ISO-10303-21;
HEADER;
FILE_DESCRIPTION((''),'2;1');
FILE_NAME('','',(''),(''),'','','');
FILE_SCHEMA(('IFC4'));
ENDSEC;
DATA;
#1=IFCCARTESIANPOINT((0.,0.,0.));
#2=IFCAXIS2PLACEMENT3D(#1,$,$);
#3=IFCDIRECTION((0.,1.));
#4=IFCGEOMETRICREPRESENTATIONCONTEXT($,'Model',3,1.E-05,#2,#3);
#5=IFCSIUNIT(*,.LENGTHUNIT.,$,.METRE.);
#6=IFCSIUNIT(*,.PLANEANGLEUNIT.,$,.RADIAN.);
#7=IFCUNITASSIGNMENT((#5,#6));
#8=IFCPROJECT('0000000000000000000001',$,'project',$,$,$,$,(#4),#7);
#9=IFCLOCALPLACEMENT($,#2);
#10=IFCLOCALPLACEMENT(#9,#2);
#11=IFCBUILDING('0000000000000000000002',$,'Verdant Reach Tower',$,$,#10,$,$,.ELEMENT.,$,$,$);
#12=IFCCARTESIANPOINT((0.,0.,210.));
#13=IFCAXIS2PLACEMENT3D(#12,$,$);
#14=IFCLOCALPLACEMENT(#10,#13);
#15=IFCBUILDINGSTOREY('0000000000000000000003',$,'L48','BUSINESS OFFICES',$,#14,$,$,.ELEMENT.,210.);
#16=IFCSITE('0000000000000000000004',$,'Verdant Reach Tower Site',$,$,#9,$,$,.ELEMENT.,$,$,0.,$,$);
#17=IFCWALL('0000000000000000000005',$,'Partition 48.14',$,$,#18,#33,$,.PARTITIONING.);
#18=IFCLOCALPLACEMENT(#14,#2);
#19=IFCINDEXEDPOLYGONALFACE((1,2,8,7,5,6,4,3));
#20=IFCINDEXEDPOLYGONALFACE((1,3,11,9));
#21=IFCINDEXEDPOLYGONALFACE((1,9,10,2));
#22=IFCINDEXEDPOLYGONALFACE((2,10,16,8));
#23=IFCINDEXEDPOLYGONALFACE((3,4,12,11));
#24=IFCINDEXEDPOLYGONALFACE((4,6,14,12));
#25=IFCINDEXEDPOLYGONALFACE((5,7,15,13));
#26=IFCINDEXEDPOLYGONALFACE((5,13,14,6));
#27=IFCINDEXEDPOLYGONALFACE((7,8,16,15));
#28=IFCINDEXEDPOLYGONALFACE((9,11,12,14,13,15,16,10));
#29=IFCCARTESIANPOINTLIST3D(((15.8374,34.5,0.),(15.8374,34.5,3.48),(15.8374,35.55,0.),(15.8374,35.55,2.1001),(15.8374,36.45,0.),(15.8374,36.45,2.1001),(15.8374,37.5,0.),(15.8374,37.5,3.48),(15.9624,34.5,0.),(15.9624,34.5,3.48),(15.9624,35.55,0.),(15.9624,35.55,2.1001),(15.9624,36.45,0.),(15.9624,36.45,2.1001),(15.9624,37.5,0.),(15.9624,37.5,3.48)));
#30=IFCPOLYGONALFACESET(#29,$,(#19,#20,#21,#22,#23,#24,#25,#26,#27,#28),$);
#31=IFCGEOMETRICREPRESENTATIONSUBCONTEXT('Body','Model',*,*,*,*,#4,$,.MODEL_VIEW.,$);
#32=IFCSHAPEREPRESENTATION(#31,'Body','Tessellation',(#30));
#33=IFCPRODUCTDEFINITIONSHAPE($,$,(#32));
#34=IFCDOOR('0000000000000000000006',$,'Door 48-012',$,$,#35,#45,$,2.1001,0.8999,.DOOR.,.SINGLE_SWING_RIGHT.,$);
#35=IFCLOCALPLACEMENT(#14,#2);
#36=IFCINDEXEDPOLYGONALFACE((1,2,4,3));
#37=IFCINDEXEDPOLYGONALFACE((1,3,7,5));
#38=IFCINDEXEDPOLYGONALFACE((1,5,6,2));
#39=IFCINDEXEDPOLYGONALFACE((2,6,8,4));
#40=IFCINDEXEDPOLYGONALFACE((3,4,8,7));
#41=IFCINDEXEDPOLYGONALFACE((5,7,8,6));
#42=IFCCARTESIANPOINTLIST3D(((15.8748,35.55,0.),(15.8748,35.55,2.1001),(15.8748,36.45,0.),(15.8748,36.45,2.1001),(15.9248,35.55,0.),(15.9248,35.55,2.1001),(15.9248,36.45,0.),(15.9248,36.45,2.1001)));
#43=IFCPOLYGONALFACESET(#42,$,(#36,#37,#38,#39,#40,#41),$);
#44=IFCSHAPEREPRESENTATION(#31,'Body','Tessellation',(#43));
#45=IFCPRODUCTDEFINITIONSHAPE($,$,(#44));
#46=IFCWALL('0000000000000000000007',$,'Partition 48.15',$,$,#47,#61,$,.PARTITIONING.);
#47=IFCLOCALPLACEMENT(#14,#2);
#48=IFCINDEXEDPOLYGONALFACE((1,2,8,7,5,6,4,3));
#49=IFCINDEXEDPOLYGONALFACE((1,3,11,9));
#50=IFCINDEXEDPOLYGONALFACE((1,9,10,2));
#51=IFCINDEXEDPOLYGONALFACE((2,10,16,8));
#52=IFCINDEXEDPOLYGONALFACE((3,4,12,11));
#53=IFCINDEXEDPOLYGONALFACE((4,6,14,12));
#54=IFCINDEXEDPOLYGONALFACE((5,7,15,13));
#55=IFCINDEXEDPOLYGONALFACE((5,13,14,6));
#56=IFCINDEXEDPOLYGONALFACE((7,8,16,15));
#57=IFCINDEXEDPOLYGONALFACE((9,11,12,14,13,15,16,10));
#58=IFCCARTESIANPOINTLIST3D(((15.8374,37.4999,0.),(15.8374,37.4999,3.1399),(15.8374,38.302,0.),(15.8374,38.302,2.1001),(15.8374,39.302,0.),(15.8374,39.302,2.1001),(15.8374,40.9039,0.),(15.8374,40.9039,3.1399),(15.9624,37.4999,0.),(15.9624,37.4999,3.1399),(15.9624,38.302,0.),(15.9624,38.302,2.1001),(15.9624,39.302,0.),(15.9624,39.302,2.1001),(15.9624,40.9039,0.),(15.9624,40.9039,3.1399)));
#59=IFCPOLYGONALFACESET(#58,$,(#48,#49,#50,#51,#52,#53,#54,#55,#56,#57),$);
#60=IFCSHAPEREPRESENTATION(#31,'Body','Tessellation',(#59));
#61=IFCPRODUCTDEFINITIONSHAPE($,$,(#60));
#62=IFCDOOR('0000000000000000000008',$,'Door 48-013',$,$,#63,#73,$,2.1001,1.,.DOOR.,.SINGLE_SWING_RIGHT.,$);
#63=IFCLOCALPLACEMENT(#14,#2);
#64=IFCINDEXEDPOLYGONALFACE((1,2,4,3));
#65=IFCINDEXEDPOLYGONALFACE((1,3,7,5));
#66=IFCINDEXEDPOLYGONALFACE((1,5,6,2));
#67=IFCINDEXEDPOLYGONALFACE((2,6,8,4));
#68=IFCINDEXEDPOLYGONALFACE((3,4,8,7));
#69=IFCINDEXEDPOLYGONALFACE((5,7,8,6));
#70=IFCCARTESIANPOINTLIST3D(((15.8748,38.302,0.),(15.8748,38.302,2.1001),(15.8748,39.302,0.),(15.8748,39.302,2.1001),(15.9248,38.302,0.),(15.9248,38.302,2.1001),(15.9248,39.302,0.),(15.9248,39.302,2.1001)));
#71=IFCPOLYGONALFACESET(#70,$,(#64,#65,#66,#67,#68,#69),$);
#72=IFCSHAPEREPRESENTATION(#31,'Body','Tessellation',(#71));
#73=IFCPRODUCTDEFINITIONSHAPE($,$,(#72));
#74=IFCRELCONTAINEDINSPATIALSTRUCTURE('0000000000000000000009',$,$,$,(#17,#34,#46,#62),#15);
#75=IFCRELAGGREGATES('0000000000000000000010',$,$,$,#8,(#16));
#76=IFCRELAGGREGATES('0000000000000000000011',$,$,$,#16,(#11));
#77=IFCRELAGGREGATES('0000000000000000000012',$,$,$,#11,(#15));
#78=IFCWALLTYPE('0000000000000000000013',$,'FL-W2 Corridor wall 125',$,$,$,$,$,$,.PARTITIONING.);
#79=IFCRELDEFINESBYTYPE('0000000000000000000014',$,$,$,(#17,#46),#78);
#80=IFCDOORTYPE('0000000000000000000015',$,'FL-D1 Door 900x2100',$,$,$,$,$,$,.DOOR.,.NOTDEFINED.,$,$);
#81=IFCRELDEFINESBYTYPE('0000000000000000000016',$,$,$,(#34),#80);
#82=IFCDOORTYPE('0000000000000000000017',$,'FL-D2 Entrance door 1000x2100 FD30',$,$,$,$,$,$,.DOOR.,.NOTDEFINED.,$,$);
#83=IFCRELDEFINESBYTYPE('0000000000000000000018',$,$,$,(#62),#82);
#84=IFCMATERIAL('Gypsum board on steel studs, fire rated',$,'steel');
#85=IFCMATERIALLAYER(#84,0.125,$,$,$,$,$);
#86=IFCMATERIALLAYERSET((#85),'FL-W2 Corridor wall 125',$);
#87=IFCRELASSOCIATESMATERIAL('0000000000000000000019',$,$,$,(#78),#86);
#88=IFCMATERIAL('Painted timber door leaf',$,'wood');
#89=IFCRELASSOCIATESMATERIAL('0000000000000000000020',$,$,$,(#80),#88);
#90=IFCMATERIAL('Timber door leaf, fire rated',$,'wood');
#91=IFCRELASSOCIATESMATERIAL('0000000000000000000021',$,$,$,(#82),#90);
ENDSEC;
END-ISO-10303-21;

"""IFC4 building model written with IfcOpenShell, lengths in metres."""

from ifc_helpers import new_model, si_unit, direction, frame, frame_2d, origin, place, context, subcontext, project, spatial, rectangle, extrude, material, layer, layer_set, type_object, element, fill, save


model = new_model("IFC4")

# Units and contexts
model_context = context("Model", 3, precision=1e-05, world=origin(), true_north=direction((0.0, 1.0)))
body_context = subcontext(model_context, "Body", "Model", "MODEL_VIEW")
ifc_project = project(units=[si_unit("LENGTHUNIT", "METRE"), si_unit("PLANEANGLEUNIT", "RADIAN")], contexts=[model_context])

# Site, building, storey
site_placement = place(None, origin())
site = spatial("IfcSite", under=ifc_project, at=site_placement, Name="Verdant Reach Tower Site", CompositionType="ELEMENT", RefElevation=0.0)
building_placement = place(site_placement, origin())
building = spatial("IfcBuilding", under=site, at=building_placement, Name="Verdant Reach Tower", CompositionType="ELEMENT")
storey_placement = place(building_placement, frame((0.0, 0.0, 210.0)))
storey = spatial("IfcBuildingStorey", under=building, at=storey_placement, Name="L48", Description="BUSINESS OFFICES", CompositionType="ELEMENT", Elevation=210.0)

# Walls, openings, doors
ifc_material_1 = material(Name="Gypsum board on steel studs, fire rated", Category="steel")
ifc_layer_1 = layer(ifc_material_1, 0.125)
ifc_layer_set_1 = layer_set([ifc_layer_1], Name="FL-W2 Corridor wall 125")
wall_type_1 = type_object("IfcWallType", Name="FL-W2 Corridor wall 125", PredefinedType="PARTITIONING", material=ifc_layer_set_1)
wall_1_placement = place(storey_placement, frame((15.8999, 37.5, 0.0), z_axis=(0.0, 0.0, 1.0), x_axis=(0.0, -1.0, 0.0)))
wall_1 = element("IfcWall", 1, at=wall_1_placement, inside=storey, type_object=wall_type_1, Name="Partition 48.14", PredefinedType="PARTITIONING", context=body_context, shape_type="SweptSolid", body=[
    extrude(rectangle(XDim=3.0, YDim=0.125, at=frame_2d((1.5, 0.0))), origin(), (0.0, 0.0, 1.0), 3.48),
])
opening_1_placement = place(wall_1_placement, frame((1.05, 0.0, 0.0)))
opening_1 = element("IfcOpeningElement", 2, at=opening_1_placement, cuts=wall_1, PredefinedType="OPENING", context=body_context, shape_type="SweptSolid", body=[
    extrude(rectangle(XDim=0.8999, YDim=2.1001, at=frame_2d((0.45, 1.05))), frame((0.0, 0.0725, 0.0), z_axis=(0.0, -1.0, 0.0), x_axis=(1.0, 0.0, 0.0)), (0.0, 0.0, 1.0), 0.145),
])
ifc_material_2 = material(Name="Painted timber door leaf", Category="wood")
door_type_1 = type_object("IfcDoorType", Name="FL-D1 Door 900x2100", OperationType="NOTDEFINED", PredefinedType="DOOR", material=ifc_material_2)
door_1_placement = place(opening_1_placement, origin())
door_1 = element("IfcDoor", 3, at=door_1_placement, inside=storey, type_object=door_type_1, Name="Door 48-012", OperationType="SINGLE_SWING_RIGHT", OverallHeight=2.1001, OverallWidth=0.8999, PredefinedType="DOOR", context=body_context, shape_type="SweptSolid", body=[
    extrude(rectangle(XDim=0.8999, YDim=2.1001, at=frame_2d((0.45, 1.05))), frame((0.0, 0.0249, 0.0), z_axis=(0.0, -1.0, 0.0), x_axis=(1.0, 0.0, 0.0)), (0.0, 0.0, 1.0), 0.05),
])
fill(opening_1, door_1)
wall_2_placement = place(storey_placement, frame((15.8999, 40.9041, 0.0), z_axis=(0.0, 0.0, 1.0), x_axis=(0.0, -1.0, 0.0)))
wall_2 = element("IfcWall", 4, at=wall_2_placement, inside=storey, type_object=wall_type_1, Name="Partition 48.15", PredefinedType="PARTITIONING", context=body_context, shape_type="SweptSolid", body=[
    extrude(rectangle(XDim=3.4041, YDim=0.125, at=frame_2d((1.7021, 0.0))), origin(), (0.0, 0.0, 1.0), 3.1399),
])
opening_2_placement = place(wall_2_placement, frame((1.6021, 0.0, 0.0)))
opening_2 = element("IfcOpeningElement", 5, at=opening_2_placement, cuts=wall_2, PredefinedType="OPENING", context=body_context, shape_type="SweptSolid", body=[
    extrude(rectangle(XDim=1.0, YDim=2.1001, at=frame_2d((0.5, 1.05))), frame((0.0, 0.0725, 0.0), z_axis=(0.0, -1.0, 0.0), x_axis=(1.0, 0.0, 0.0)), (0.0, 0.0, 1.0), 0.145),
])
ifc_material_3 = material(Name="Timber door leaf, fire rated", Category="wood")
door_type_2 = type_object("IfcDoorType", Name="FL-D2 Entrance door 1000x2100 FD30", OperationType="NOTDEFINED", PredefinedType="DOOR", material=ifc_material_3)
door_2_placement = place(opening_2_placement, origin())
door_2 = element("IfcDoor", 6, at=door_2_placement, inside=storey, type_object=door_type_2, Name="Door 48-013", OperationType="SINGLE_SWING_RIGHT", OverallHeight=2.1001, OverallWidth=1.0, PredefinedType="DOOR", context=body_context, shape_type="SweptSolid", body=[
    extrude(rectangle(XDim=1.0, YDim=2.1001, at=frame_2d((0.5, 1.05))), frame((0.0, 0.0249, 0.0), z_axis=(0.0, -1.0, 0.0), x_axis=(1.0, 0.0, 0.0)), (0.0, 0.0, 1.0), 0.05),
])
fill(opening_2, door_2)

save(model, "model.ifc")
